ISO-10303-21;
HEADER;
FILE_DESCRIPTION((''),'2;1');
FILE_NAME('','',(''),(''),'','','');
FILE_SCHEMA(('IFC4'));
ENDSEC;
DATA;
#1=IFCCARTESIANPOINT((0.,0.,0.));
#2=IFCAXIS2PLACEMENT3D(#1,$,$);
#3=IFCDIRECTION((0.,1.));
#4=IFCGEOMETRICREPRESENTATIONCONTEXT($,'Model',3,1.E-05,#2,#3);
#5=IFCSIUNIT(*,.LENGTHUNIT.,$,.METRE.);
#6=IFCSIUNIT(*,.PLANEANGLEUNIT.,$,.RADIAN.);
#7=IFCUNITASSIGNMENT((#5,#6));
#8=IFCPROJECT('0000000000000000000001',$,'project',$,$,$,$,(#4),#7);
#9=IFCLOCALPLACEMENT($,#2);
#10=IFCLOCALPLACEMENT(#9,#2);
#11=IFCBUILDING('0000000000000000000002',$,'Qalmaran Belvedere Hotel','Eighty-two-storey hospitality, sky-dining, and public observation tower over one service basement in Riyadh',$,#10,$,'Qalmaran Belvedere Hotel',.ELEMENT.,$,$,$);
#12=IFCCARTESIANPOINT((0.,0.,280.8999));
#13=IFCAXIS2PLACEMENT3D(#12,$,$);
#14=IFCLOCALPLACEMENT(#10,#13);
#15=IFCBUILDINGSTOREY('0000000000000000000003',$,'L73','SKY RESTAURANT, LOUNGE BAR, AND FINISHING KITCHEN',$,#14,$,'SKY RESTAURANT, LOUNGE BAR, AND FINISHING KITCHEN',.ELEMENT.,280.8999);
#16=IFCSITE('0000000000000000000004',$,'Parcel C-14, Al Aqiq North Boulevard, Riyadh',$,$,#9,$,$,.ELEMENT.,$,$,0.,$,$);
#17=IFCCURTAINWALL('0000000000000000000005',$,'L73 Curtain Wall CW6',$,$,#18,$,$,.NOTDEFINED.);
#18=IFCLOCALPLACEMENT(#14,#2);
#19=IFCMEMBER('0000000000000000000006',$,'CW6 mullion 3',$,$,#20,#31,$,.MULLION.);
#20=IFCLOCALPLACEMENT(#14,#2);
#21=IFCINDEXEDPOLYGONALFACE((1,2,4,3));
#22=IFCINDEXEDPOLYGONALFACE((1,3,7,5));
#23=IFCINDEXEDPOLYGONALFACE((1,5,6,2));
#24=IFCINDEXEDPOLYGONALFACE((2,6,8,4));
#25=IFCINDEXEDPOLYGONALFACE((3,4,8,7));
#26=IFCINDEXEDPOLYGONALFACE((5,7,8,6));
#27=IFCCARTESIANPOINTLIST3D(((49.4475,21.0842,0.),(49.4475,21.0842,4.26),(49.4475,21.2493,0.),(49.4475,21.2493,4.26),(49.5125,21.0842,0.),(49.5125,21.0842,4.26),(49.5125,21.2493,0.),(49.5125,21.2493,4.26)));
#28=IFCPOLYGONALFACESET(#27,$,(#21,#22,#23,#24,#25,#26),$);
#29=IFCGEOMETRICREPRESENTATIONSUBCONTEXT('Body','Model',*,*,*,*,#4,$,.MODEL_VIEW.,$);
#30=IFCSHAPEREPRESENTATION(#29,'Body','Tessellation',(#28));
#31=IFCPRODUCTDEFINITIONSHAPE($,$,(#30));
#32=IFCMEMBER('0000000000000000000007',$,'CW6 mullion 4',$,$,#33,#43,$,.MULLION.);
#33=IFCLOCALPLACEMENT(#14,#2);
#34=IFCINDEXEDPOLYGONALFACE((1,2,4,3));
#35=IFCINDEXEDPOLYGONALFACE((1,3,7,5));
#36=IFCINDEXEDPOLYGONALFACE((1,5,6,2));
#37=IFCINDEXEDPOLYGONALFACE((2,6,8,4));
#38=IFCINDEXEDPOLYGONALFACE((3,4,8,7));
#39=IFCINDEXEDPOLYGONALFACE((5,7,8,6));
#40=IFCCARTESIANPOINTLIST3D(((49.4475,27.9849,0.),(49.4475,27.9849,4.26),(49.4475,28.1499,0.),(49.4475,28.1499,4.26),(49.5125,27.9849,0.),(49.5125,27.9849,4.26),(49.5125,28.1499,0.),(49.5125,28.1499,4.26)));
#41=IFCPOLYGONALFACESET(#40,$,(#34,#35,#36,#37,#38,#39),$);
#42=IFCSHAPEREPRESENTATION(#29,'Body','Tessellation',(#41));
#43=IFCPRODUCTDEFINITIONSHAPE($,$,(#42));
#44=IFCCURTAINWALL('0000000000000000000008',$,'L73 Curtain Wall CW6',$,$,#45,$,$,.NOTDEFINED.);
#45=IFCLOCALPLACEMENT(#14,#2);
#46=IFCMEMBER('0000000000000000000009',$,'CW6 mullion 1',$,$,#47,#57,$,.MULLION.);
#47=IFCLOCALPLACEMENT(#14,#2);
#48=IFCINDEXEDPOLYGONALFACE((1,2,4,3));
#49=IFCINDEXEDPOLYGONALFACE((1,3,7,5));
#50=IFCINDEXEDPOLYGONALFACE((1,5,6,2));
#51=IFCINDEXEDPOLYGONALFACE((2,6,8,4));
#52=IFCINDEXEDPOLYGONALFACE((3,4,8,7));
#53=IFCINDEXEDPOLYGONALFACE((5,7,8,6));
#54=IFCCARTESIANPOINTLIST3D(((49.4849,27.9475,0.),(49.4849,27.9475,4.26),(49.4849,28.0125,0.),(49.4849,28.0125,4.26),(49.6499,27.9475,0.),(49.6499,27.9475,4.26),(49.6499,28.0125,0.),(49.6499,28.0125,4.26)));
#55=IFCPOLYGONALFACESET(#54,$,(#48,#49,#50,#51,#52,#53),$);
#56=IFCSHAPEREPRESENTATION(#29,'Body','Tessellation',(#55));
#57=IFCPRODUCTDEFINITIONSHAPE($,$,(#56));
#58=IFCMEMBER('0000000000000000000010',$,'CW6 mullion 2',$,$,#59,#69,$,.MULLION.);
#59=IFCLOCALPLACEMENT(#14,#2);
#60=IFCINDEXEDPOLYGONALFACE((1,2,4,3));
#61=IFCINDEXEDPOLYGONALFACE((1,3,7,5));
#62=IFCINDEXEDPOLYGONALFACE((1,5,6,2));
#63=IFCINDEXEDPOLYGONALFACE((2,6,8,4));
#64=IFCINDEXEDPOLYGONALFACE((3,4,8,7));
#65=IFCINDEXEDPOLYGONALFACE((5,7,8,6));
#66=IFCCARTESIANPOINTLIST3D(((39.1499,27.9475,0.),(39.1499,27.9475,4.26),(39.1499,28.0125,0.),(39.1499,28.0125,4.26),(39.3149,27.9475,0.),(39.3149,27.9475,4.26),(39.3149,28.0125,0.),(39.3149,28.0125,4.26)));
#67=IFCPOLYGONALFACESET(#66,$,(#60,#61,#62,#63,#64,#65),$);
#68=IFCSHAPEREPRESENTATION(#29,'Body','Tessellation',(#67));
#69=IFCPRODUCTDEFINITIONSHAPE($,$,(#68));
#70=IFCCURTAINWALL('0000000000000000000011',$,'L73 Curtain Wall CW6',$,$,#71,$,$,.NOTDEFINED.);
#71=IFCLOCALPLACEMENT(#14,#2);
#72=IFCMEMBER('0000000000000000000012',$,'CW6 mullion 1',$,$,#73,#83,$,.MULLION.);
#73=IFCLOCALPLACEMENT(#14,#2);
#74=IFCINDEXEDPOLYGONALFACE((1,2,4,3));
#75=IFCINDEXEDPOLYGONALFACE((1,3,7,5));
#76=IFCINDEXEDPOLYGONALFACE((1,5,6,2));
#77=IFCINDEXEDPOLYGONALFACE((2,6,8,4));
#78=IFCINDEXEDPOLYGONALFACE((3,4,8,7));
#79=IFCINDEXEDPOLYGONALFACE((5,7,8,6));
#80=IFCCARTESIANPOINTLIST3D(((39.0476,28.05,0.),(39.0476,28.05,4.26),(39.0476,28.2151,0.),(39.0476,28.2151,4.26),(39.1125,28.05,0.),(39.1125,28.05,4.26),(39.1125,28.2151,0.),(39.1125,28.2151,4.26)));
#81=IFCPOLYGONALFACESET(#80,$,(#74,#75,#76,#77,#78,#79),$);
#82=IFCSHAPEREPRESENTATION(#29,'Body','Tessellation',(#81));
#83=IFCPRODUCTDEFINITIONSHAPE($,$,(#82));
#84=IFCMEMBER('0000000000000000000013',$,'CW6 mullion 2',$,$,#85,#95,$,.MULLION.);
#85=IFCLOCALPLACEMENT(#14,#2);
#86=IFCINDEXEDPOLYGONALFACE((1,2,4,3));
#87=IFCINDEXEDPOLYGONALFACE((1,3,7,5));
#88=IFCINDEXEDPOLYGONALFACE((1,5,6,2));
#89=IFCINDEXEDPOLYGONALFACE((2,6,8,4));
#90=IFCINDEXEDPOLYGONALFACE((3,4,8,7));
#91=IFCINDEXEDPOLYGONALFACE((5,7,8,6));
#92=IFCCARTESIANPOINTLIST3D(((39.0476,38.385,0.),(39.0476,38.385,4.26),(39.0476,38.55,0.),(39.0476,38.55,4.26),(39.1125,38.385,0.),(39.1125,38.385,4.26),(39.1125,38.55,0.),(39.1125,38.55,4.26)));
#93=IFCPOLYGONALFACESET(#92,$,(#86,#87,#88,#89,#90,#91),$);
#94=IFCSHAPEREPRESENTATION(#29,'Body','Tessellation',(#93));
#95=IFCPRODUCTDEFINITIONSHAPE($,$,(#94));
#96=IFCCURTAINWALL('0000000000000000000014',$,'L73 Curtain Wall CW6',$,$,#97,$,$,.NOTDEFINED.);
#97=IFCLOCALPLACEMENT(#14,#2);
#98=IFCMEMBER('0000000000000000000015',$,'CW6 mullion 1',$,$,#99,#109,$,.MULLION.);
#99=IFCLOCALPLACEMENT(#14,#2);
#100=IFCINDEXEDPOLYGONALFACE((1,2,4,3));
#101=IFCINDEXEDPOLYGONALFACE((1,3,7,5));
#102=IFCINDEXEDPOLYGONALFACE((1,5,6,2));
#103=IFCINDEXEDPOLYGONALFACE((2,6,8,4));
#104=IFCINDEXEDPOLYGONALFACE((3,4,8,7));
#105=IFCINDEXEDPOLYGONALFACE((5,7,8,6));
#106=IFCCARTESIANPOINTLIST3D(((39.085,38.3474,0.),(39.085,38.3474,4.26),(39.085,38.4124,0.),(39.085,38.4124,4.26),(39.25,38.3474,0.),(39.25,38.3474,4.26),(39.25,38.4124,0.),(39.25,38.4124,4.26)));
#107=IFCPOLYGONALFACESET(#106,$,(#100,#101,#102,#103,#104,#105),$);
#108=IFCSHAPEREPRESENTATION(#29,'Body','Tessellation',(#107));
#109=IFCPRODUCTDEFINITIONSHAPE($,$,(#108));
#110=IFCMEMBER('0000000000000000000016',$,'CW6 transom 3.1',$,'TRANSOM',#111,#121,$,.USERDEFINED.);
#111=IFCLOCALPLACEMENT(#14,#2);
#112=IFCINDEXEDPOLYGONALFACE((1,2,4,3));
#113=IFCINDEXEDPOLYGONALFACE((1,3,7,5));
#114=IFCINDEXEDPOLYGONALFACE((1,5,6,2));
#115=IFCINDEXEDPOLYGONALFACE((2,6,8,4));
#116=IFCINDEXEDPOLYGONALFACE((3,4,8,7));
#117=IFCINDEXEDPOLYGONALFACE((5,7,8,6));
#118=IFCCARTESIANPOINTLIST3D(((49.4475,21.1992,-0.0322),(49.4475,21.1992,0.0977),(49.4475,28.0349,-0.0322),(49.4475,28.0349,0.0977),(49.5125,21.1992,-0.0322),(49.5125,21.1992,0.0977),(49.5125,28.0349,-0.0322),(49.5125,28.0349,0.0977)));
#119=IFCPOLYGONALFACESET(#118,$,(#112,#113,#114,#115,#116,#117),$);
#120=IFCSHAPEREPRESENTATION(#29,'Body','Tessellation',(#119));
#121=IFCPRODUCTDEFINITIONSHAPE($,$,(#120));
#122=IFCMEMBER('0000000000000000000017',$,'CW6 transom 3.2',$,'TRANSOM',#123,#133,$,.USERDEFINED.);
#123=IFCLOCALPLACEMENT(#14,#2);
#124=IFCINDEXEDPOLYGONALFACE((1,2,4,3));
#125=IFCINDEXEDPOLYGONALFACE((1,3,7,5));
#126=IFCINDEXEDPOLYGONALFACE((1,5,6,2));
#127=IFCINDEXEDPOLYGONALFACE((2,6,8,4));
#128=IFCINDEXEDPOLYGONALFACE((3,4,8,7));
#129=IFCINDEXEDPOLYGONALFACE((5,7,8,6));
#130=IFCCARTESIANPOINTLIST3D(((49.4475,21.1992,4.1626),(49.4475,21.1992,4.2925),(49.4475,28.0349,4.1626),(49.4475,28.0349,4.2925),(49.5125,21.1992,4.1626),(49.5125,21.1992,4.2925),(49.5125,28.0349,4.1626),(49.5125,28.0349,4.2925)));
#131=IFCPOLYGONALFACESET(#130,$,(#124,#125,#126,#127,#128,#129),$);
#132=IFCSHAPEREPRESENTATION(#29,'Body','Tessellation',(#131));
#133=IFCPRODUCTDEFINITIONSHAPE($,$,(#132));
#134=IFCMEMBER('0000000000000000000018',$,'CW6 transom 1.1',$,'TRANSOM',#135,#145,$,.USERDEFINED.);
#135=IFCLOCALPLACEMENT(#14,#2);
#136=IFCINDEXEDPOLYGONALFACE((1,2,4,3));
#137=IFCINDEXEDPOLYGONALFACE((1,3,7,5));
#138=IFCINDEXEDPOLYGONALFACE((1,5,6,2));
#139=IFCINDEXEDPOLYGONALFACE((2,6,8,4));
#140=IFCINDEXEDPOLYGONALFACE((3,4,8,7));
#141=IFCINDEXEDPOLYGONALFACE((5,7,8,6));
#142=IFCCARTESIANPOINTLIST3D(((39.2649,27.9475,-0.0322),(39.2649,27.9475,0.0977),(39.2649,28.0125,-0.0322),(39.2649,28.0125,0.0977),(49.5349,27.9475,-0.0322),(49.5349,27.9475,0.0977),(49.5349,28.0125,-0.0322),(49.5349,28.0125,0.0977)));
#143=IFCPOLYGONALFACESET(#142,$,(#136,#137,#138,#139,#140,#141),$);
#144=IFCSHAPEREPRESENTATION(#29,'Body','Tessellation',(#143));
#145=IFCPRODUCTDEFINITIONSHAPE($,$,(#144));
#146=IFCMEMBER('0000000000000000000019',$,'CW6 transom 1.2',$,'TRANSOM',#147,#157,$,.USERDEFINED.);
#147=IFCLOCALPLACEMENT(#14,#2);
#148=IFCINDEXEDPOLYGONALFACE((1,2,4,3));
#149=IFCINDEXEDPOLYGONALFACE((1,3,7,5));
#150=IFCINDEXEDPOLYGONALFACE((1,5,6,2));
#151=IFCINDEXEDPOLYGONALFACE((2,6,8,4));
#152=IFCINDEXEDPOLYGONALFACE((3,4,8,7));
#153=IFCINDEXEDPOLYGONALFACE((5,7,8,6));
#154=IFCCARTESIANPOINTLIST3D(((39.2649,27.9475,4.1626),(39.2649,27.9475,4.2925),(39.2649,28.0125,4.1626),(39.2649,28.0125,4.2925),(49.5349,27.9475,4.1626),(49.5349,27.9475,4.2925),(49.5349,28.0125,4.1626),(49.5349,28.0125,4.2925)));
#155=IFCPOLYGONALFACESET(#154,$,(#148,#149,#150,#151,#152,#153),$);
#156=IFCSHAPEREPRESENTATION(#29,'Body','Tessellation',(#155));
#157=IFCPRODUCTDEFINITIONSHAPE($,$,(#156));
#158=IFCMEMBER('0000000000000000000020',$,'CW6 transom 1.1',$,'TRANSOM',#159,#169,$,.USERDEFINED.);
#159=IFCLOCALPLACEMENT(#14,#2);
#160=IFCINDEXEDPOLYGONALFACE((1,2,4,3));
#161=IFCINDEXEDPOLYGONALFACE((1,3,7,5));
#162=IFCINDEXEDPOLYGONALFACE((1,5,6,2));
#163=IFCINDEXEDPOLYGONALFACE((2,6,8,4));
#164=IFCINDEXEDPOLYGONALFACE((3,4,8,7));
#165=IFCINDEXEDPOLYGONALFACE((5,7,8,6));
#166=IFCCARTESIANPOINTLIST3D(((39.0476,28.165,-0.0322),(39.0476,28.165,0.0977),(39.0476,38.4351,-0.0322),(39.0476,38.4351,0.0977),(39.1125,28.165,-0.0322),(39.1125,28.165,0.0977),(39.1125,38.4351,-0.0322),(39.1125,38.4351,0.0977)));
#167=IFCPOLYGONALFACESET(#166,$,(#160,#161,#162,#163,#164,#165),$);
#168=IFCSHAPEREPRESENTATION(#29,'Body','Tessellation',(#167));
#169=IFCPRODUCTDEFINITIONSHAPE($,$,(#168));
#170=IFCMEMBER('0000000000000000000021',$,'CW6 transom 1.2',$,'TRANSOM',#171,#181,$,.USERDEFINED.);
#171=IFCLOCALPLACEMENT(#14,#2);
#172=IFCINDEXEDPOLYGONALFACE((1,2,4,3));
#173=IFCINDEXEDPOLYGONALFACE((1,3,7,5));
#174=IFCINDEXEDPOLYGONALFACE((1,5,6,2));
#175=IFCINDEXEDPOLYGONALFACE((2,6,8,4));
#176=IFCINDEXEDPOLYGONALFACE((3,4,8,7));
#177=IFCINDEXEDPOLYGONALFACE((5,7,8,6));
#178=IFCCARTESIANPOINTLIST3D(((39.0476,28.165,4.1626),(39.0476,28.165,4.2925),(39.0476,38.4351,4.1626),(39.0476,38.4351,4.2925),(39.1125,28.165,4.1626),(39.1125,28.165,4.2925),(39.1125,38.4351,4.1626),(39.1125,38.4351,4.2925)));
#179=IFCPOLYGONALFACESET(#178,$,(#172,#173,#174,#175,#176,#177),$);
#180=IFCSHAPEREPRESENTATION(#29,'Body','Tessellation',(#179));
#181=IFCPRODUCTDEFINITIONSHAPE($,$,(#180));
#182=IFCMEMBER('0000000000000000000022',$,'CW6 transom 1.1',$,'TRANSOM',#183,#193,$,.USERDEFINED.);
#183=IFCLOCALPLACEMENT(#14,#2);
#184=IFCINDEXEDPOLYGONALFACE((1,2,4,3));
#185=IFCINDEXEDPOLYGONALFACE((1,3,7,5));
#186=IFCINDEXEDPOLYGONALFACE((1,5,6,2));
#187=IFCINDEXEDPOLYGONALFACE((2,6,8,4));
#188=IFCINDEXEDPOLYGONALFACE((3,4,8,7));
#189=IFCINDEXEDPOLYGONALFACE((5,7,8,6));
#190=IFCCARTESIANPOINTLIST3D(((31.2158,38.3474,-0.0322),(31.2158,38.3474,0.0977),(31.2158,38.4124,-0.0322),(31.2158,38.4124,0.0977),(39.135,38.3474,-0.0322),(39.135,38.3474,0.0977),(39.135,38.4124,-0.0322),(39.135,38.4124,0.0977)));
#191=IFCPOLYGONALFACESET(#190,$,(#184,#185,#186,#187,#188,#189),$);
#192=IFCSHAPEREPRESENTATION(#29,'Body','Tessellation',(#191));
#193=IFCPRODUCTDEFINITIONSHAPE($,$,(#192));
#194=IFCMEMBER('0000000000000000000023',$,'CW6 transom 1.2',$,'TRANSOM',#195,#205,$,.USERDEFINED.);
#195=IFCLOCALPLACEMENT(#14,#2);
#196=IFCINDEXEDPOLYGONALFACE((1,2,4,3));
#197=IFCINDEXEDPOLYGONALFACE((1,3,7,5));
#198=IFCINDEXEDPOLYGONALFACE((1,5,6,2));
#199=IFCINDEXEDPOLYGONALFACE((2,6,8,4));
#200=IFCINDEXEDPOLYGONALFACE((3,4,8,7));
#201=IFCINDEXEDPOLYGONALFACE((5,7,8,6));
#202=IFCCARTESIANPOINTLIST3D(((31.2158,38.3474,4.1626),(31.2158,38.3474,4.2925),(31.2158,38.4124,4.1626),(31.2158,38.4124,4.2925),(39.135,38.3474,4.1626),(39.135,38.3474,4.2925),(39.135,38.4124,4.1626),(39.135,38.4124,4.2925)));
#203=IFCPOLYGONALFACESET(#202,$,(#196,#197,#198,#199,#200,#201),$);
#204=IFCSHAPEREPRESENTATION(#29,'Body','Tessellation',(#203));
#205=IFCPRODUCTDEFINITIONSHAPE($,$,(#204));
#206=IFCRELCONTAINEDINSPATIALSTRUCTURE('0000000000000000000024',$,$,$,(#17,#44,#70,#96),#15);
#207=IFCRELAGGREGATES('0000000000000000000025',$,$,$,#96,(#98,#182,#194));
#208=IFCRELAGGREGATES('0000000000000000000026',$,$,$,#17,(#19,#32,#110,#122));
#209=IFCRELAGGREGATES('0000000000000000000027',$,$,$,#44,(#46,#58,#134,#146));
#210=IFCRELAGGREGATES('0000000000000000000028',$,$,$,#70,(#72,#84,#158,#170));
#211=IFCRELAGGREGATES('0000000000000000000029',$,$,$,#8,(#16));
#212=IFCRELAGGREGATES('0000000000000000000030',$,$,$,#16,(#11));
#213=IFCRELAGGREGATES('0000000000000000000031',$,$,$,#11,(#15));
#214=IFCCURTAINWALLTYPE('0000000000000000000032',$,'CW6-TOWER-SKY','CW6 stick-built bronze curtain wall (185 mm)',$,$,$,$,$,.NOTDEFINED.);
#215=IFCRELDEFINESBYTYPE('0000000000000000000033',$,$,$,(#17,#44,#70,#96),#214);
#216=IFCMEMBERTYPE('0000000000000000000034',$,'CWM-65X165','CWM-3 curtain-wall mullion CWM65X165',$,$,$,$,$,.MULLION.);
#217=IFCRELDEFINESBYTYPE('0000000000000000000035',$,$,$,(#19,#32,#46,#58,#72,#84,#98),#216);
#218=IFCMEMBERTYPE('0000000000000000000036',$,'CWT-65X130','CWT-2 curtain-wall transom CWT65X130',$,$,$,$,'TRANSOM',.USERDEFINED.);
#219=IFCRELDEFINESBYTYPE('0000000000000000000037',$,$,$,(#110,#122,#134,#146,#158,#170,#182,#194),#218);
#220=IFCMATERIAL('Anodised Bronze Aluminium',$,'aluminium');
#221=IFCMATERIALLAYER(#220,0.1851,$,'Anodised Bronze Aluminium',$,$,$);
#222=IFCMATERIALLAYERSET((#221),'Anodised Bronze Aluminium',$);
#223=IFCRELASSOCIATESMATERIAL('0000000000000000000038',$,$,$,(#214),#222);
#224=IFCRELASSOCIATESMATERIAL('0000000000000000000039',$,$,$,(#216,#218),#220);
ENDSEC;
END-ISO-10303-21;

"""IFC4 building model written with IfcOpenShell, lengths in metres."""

from ifc_helpers import new_model, si_unit, direction, frame, origin, origin_2d, place, context, subcontext, project, spatial, rectangle, extrude, material, layer, layer_set, material_profile, profile_set, type_object, element, aggregate, save


model = new_model("IFC4")

# Units and contexts
model_context = context("Model", 3, precision=1e-05, world=origin(), true_north=direction((0.0, 1.0)))
body_context = subcontext(model_context, "Body", "Model", "MODEL_VIEW")
ifc_project = project(units=[si_unit("LENGTHUNIT", "METRE"), si_unit("PLANEANGLEUNIT", "RADIAN")], contexts=[model_context])

# Site, building, storey
site_placement = place(None, origin())
site = spatial("IfcSite", under=ifc_project, at=site_placement, Name="Parcel C-14, Al Aqiq North Boulevard, Riyadh", CompositionType="ELEMENT", RefElevation=0.0)
building_placement = place(site_placement, origin())
building = spatial("IfcBuilding", under=site, at=building_placement, Name="Qalmaran Belvedere Hotel", Description="Eighty-two-storey hospitality, sky-dining, and public observation tower over one service basement in Riyadh", LongName="Qalmaran Belvedere Hotel", CompositionType="ELEMENT")
storey_placement = place(building_placement, frame((0.0, 0.0, 280.8999)))
storey = spatial("IfcBuildingStorey", under=building, at=storey_placement, Name="L73", Description="SKY RESTAURANT, LOUNGE BAR, AND FINISHING KITCHEN", LongName="SKY RESTAURANT, LOUNGE BAR, AND FINISHING KITCHEN", CompositionType="ELEMENT", Elevation=280.8999)

# Curtain walls, members
ifc_material_1 = material(Name="Anodised Bronze Aluminium", Category="aluminium")
ifc_layer_1 = layer(ifc_material_1, 0.1851, Name="Anodised Bronze Aluminium")
ifc_layer_set_1 = layer_set([ifc_layer_1], Name="Anodised Bronze Aluminium")
curtain_wall_type = type_object("IfcCurtainWallType", Name="CW6-TOWER-SKY", Description="CW6 stick-built bronze curtain wall (185 mm)", PredefinedType="NOTDEFINED", material=ifc_layer_set_1)
curtain_wall_1_placement = place(storey_placement, origin())
curtain_wall_1 = element("IfcCurtainWall", 1, at=curtain_wall_1_placement, inside=storey, type_object=curtain_wall_type, Name="L73 Curtain Wall CW6", PredefinedType="NOTDEFINED")
ifc_material_profile_1 = material_profile(ifc_material_1, rectangle(XDim=0.0649, YDim=0.165, at=origin_2d()), Name="CWM65X165")
ifc_profile_set_1 = profile_set([ifc_material_profile_1], Name="Anodised Bronze Aluminium")
member_type_1 = type_object("IfcMemberType", Name="CWM-65X165", Description="CWM-3 curtain-wall mullion CWM65X165", PredefinedType="MULLION", material=ifc_profile_set_1)
member_1_placement = place(storey_placement, frame((49.48, 21.1667, 0.0), z_axis=(0.0, 0.0, 1.0), x_axis=(-1.0, 0.0, 0.0)))
member_1 = element("IfcMember", 2, at=member_1_placement, type_object=member_type_1, Name="CW6 mullion 3", PredefinedType="MULLION", context=body_context, shape_type="SweptSolid", body=[
    extrude(rectangle(XDim=0.0649, YDim=0.165, at=origin_2d()), origin(), (0.0, 0.0, 1.0), 4.26),
])
member_2_placement = place(storey_placement, frame((49.48, 28.0674, 0.0), z_axis=(0.0, 0.0, 1.0), x_axis=(-1.0, 0.0, 0.0)))
member_2 = element("IfcMember", 3, at=member_2_placement, type_object=member_type_1, Name="CW6 mullion 4", PredefinedType="MULLION", context=body_context, shape_type="SweptSolid", body=[
    extrude(rectangle(XDim=0.0649, YDim=0.165, at=origin_2d()), origin(), (0.0, 0.0, 1.0), 4.26),
])
curtain_wall_2_placement = place(storey_placement, origin())
curtain_wall_2 = element("IfcCurtainWall", 4, at=curtain_wall_2_placement, inside=storey, type_object=curtain_wall_type, Name="L73 Curtain Wall CW6", PredefinedType="NOTDEFINED")
member_3_placement = place(storey_placement, frame((49.5674, 27.98, 0.0), z_axis=(0.0, 0.0, 1.0), x_axis=(0.0, -1.0, 0.0)))
member_3 = element("IfcMember", 5, at=member_3_placement, type_object=member_type_1, Name="CW6 mullion 1", PredefinedType="MULLION", context=body_context, shape_type="SweptSolid", body=[
    extrude(rectangle(XDim=0.0649, YDim=0.165, at=origin_2d()), origin(), (0.0, 0.0, 1.0), 4.26),
])
member_4_placement = place(storey_placement, frame((39.2324, 27.98, 0.0), z_axis=(0.0, 0.0, 1.0), x_axis=(0.0, -1.0, 0.0)))
member_4 = element("IfcMember", 6, at=member_4_placement, type_object=member_type_1, Name="CW6 mullion 2", PredefinedType="MULLION", context=body_context, shape_type="SweptSolid", body=[
    extrude(rectangle(XDim=0.0649, YDim=0.165, at=origin_2d()), origin(), (0.0, 0.0, 1.0), 4.26),
])
curtain_wall_3_placement = place(storey_placement, origin())
curtain_wall_3 = element("IfcCurtainWall", 7, at=curtain_wall_3_placement, inside=storey, type_object=curtain_wall_type, Name="L73 Curtain Wall CW6", PredefinedType="NOTDEFINED")
member_5_placement = place(storey_placement, frame((39.0801, 28.1326, 0.0), z_axis=(0.0, 0.0, 1.0), x_axis=(-1.0, 0.0, 0.0)))
member_5 = element("IfcMember", 8, at=member_5_placement, type_object=member_type_1, Name="CW6 mullion 1", PredefinedType="MULLION", context=body_context, shape_type="SweptSolid", body=[
    extrude(rectangle(XDim=0.0649, YDim=0.165, at=origin_2d()), origin(), (0.0, 0.0, 1.0), 4.26),
])
member_6_placement = place(storey_placement, frame((39.0801, 38.4675, 0.0), z_axis=(0.0, 0.0, 1.0), x_axis=(-1.0, 0.0, 0.0)))
member_6 = element("IfcMember", 9, at=member_6_placement, type_object=member_type_1, Name="CW6 mullion 2", PredefinedType="MULLION", context=body_context, shape_type="SweptSolid", body=[
    extrude(rectangle(XDim=0.0649, YDim=0.165, at=origin_2d()), origin(), (0.0, 0.0, 1.0), 4.26),
])

# Curtain wall, member
curtain_wall_4_placement = place(storey_placement, origin())
curtain_wall_4 = element("IfcCurtainWall", 10, at=curtain_wall_4_placement, inside=storey, type_object=curtain_wall_type, Name="L73 Curtain Wall CW6", PredefinedType="NOTDEFINED")
member_7_placement = place(storey_placement, frame((39.1675, 38.3799, 0.0), z_axis=(0.0, 0.0, 1.0), x_axis=(0.0, -1.0, 0.0)))
member_7 = element("IfcMember", 11, at=member_7_placement, type_object=member_type_1, Name="CW6 mullion 1", PredefinedType="MULLION", context=body_context, shape_type="SweptSolid", body=[
    extrude(rectangle(XDim=0.0649, YDim=0.165, at=origin_2d()), origin(), (0.0, 0.0, 1.0), 4.26),
])

# Members
ifc_material_profile_2 = material_profile(ifc_material_1, rectangle(XDim=0.0649, YDim=0.1299, at=origin_2d()), Name="CWT65X130")
ifc_profile_set_2 = profile_set([ifc_material_profile_2], Name="Anodised Bronze Aluminium")
member_type_2 = type_object("IfcMemberType", Name="CWT-65X130", Description="CWT-2 curtain-wall transom CWT65X130", ElementType="TRANSOM", PredefinedType="USERDEFINED", material=ifc_profile_set_2)
member_8_placement = place(storey_placement, frame((49.48, 21.1992, 0.0327), z_axis=(0.0, 1.0, 0.0), x_axis=(-1.0, 0.0, 0.0)))
member_8 = element("IfcMember", 12, at=member_8_placement, type_object=member_type_2, Name="CW6 transom 3.1", ObjectType="TRANSOM", PredefinedType="USERDEFINED", context=body_context, shape_type="SweptSolid", body=[
    extrude(rectangle(XDim=0.0649, YDim=0.1299, at=origin_2d()), origin(), (0.0, 0.0, 1.0), 6.8357),
])
member_9_placement = place(storey_placement, frame((49.48, 21.1992, 4.2275), z_axis=(0.0, 1.0, 0.0), x_axis=(-1.0, 0.0, 0.0)))
member_9 = element("IfcMember", 13, at=member_9_placement, type_object=member_type_2, Name="CW6 transom 3.2", ObjectType="TRANSOM", PredefinedType="USERDEFINED", context=body_context, shape_type="SweptSolid", body=[
    extrude(rectangle(XDim=0.0649, YDim=0.1299, at=origin_2d()), origin(), (0.0, 0.0, 1.0), 6.8357),
])
member_10_placement = place(storey_placement, frame((49.5349, 27.98, 0.0327), z_axis=(-1.0, 0.0, 0.0), x_axis=(0.0, -1.0, 0.0)))
member_10 = element("IfcMember", 14, at=member_10_placement, type_object=member_type_2, Name="CW6 transom 1.1", ObjectType="TRANSOM", PredefinedType="USERDEFINED", context=body_context, shape_type="SweptSolid", body=[
    extrude(rectangle(XDim=0.0649, YDim=0.1299, at=origin_2d()), origin(), (0.0, 0.0, 1.0), 10.27),
])
member_11_placement = place(storey_placement, frame((49.5349, 27.98, 4.2275), z_axis=(-1.0, 0.0, 0.0), x_axis=(0.0, -1.0, 0.0)))
member_11 = element("IfcMember", 15, at=member_11_placement, type_object=member_type_2, Name="CW6 transom 1.2", ObjectType="TRANSOM", PredefinedType="USERDEFINED", context=body_context, shape_type="SweptSolid", body=[
    extrude(rectangle(XDim=0.0649, YDim=0.1299, at=origin_2d()), origin(), (0.0, 0.0, 1.0), 10.27),
])
member_12_placement = place(storey_placement, frame((39.0801, 28.165, 0.0327), z_axis=(0.0, 1.0, 0.0), x_axis=(-1.0, 0.0, 0.0)))
member_12 = element("IfcMember", 16, at=member_12_placement, type_object=member_type_2, Name="CW6 transom 1.1", ObjectType="TRANSOM", PredefinedType="USERDEFINED", context=body_context, shape_type="SweptSolid", body=[
    extrude(rectangle(XDim=0.0649, YDim=0.1299, at=origin_2d()), origin(), (0.0, 0.0, 1.0), 10.27),
])
member_13_placement = place(storey_placement, frame((39.0801, 28.165, 4.2275), z_axis=(0.0, 1.0, 0.0), x_axis=(-1.0, 0.0, 0.0)))
member_13 = element("IfcMember", 17, at=member_13_placement, type_object=member_type_2, Name="CW6 transom 1.2", ObjectType="TRANSOM", PredefinedType="USERDEFINED", context=body_context, shape_type="SweptSolid", body=[
    extrude(rectangle(XDim=0.0649, YDim=0.1299, at=origin_2d()), origin(), (0.0, 0.0, 1.0), 10.27),
])
member_14_placement = place(storey_placement, frame((39.135, 38.3799, 0.0327), z_axis=(-1.0, 0.0, 0.0), x_axis=(0.0, -1.0, 0.0)))
member_14 = element("IfcMember", 18, at=member_14_placement, type_object=member_type_2, Name="CW6 transom 1.1", ObjectType="TRANSOM", PredefinedType="USERDEFINED", context=body_context, shape_type="SweptSolid", body=[
    extrude(rectangle(XDim=0.0649, YDim=0.1299, at=origin_2d()), origin(), (0.0, 0.0, 1.0), 7.9192),
])
member_15_placement = place(storey_placement, frame((39.135, 38.3799, 4.2275), z_axis=(-1.0, 0.0, 0.0), x_axis=(0.0, -1.0, 0.0)))
member_15 = element("IfcMember", 19, at=member_15_placement, type_object=member_type_2, Name="CW6 transom 1.2", ObjectType="TRANSOM", PredefinedType="USERDEFINED", context=body_context, shape_type="SweptSolid", body=[
    extrude(rectangle(XDim=0.0649, YDim=0.1299, at=origin_2d()), origin(), (0.0, 0.0, 1.0), 7.9192),
])
aggregate(curtain_wall_4, [member_7, member_14, member_15])

aggregate(curtain_wall_1, [member_1, member_2, member_8, member_9])
aggregate(curtain_wall_2, [member_3, member_4, member_10, member_11])
aggregate(curtain_wall_3, [member_5, member_6, member_12, member_13])

save(model, "model.ifc")
